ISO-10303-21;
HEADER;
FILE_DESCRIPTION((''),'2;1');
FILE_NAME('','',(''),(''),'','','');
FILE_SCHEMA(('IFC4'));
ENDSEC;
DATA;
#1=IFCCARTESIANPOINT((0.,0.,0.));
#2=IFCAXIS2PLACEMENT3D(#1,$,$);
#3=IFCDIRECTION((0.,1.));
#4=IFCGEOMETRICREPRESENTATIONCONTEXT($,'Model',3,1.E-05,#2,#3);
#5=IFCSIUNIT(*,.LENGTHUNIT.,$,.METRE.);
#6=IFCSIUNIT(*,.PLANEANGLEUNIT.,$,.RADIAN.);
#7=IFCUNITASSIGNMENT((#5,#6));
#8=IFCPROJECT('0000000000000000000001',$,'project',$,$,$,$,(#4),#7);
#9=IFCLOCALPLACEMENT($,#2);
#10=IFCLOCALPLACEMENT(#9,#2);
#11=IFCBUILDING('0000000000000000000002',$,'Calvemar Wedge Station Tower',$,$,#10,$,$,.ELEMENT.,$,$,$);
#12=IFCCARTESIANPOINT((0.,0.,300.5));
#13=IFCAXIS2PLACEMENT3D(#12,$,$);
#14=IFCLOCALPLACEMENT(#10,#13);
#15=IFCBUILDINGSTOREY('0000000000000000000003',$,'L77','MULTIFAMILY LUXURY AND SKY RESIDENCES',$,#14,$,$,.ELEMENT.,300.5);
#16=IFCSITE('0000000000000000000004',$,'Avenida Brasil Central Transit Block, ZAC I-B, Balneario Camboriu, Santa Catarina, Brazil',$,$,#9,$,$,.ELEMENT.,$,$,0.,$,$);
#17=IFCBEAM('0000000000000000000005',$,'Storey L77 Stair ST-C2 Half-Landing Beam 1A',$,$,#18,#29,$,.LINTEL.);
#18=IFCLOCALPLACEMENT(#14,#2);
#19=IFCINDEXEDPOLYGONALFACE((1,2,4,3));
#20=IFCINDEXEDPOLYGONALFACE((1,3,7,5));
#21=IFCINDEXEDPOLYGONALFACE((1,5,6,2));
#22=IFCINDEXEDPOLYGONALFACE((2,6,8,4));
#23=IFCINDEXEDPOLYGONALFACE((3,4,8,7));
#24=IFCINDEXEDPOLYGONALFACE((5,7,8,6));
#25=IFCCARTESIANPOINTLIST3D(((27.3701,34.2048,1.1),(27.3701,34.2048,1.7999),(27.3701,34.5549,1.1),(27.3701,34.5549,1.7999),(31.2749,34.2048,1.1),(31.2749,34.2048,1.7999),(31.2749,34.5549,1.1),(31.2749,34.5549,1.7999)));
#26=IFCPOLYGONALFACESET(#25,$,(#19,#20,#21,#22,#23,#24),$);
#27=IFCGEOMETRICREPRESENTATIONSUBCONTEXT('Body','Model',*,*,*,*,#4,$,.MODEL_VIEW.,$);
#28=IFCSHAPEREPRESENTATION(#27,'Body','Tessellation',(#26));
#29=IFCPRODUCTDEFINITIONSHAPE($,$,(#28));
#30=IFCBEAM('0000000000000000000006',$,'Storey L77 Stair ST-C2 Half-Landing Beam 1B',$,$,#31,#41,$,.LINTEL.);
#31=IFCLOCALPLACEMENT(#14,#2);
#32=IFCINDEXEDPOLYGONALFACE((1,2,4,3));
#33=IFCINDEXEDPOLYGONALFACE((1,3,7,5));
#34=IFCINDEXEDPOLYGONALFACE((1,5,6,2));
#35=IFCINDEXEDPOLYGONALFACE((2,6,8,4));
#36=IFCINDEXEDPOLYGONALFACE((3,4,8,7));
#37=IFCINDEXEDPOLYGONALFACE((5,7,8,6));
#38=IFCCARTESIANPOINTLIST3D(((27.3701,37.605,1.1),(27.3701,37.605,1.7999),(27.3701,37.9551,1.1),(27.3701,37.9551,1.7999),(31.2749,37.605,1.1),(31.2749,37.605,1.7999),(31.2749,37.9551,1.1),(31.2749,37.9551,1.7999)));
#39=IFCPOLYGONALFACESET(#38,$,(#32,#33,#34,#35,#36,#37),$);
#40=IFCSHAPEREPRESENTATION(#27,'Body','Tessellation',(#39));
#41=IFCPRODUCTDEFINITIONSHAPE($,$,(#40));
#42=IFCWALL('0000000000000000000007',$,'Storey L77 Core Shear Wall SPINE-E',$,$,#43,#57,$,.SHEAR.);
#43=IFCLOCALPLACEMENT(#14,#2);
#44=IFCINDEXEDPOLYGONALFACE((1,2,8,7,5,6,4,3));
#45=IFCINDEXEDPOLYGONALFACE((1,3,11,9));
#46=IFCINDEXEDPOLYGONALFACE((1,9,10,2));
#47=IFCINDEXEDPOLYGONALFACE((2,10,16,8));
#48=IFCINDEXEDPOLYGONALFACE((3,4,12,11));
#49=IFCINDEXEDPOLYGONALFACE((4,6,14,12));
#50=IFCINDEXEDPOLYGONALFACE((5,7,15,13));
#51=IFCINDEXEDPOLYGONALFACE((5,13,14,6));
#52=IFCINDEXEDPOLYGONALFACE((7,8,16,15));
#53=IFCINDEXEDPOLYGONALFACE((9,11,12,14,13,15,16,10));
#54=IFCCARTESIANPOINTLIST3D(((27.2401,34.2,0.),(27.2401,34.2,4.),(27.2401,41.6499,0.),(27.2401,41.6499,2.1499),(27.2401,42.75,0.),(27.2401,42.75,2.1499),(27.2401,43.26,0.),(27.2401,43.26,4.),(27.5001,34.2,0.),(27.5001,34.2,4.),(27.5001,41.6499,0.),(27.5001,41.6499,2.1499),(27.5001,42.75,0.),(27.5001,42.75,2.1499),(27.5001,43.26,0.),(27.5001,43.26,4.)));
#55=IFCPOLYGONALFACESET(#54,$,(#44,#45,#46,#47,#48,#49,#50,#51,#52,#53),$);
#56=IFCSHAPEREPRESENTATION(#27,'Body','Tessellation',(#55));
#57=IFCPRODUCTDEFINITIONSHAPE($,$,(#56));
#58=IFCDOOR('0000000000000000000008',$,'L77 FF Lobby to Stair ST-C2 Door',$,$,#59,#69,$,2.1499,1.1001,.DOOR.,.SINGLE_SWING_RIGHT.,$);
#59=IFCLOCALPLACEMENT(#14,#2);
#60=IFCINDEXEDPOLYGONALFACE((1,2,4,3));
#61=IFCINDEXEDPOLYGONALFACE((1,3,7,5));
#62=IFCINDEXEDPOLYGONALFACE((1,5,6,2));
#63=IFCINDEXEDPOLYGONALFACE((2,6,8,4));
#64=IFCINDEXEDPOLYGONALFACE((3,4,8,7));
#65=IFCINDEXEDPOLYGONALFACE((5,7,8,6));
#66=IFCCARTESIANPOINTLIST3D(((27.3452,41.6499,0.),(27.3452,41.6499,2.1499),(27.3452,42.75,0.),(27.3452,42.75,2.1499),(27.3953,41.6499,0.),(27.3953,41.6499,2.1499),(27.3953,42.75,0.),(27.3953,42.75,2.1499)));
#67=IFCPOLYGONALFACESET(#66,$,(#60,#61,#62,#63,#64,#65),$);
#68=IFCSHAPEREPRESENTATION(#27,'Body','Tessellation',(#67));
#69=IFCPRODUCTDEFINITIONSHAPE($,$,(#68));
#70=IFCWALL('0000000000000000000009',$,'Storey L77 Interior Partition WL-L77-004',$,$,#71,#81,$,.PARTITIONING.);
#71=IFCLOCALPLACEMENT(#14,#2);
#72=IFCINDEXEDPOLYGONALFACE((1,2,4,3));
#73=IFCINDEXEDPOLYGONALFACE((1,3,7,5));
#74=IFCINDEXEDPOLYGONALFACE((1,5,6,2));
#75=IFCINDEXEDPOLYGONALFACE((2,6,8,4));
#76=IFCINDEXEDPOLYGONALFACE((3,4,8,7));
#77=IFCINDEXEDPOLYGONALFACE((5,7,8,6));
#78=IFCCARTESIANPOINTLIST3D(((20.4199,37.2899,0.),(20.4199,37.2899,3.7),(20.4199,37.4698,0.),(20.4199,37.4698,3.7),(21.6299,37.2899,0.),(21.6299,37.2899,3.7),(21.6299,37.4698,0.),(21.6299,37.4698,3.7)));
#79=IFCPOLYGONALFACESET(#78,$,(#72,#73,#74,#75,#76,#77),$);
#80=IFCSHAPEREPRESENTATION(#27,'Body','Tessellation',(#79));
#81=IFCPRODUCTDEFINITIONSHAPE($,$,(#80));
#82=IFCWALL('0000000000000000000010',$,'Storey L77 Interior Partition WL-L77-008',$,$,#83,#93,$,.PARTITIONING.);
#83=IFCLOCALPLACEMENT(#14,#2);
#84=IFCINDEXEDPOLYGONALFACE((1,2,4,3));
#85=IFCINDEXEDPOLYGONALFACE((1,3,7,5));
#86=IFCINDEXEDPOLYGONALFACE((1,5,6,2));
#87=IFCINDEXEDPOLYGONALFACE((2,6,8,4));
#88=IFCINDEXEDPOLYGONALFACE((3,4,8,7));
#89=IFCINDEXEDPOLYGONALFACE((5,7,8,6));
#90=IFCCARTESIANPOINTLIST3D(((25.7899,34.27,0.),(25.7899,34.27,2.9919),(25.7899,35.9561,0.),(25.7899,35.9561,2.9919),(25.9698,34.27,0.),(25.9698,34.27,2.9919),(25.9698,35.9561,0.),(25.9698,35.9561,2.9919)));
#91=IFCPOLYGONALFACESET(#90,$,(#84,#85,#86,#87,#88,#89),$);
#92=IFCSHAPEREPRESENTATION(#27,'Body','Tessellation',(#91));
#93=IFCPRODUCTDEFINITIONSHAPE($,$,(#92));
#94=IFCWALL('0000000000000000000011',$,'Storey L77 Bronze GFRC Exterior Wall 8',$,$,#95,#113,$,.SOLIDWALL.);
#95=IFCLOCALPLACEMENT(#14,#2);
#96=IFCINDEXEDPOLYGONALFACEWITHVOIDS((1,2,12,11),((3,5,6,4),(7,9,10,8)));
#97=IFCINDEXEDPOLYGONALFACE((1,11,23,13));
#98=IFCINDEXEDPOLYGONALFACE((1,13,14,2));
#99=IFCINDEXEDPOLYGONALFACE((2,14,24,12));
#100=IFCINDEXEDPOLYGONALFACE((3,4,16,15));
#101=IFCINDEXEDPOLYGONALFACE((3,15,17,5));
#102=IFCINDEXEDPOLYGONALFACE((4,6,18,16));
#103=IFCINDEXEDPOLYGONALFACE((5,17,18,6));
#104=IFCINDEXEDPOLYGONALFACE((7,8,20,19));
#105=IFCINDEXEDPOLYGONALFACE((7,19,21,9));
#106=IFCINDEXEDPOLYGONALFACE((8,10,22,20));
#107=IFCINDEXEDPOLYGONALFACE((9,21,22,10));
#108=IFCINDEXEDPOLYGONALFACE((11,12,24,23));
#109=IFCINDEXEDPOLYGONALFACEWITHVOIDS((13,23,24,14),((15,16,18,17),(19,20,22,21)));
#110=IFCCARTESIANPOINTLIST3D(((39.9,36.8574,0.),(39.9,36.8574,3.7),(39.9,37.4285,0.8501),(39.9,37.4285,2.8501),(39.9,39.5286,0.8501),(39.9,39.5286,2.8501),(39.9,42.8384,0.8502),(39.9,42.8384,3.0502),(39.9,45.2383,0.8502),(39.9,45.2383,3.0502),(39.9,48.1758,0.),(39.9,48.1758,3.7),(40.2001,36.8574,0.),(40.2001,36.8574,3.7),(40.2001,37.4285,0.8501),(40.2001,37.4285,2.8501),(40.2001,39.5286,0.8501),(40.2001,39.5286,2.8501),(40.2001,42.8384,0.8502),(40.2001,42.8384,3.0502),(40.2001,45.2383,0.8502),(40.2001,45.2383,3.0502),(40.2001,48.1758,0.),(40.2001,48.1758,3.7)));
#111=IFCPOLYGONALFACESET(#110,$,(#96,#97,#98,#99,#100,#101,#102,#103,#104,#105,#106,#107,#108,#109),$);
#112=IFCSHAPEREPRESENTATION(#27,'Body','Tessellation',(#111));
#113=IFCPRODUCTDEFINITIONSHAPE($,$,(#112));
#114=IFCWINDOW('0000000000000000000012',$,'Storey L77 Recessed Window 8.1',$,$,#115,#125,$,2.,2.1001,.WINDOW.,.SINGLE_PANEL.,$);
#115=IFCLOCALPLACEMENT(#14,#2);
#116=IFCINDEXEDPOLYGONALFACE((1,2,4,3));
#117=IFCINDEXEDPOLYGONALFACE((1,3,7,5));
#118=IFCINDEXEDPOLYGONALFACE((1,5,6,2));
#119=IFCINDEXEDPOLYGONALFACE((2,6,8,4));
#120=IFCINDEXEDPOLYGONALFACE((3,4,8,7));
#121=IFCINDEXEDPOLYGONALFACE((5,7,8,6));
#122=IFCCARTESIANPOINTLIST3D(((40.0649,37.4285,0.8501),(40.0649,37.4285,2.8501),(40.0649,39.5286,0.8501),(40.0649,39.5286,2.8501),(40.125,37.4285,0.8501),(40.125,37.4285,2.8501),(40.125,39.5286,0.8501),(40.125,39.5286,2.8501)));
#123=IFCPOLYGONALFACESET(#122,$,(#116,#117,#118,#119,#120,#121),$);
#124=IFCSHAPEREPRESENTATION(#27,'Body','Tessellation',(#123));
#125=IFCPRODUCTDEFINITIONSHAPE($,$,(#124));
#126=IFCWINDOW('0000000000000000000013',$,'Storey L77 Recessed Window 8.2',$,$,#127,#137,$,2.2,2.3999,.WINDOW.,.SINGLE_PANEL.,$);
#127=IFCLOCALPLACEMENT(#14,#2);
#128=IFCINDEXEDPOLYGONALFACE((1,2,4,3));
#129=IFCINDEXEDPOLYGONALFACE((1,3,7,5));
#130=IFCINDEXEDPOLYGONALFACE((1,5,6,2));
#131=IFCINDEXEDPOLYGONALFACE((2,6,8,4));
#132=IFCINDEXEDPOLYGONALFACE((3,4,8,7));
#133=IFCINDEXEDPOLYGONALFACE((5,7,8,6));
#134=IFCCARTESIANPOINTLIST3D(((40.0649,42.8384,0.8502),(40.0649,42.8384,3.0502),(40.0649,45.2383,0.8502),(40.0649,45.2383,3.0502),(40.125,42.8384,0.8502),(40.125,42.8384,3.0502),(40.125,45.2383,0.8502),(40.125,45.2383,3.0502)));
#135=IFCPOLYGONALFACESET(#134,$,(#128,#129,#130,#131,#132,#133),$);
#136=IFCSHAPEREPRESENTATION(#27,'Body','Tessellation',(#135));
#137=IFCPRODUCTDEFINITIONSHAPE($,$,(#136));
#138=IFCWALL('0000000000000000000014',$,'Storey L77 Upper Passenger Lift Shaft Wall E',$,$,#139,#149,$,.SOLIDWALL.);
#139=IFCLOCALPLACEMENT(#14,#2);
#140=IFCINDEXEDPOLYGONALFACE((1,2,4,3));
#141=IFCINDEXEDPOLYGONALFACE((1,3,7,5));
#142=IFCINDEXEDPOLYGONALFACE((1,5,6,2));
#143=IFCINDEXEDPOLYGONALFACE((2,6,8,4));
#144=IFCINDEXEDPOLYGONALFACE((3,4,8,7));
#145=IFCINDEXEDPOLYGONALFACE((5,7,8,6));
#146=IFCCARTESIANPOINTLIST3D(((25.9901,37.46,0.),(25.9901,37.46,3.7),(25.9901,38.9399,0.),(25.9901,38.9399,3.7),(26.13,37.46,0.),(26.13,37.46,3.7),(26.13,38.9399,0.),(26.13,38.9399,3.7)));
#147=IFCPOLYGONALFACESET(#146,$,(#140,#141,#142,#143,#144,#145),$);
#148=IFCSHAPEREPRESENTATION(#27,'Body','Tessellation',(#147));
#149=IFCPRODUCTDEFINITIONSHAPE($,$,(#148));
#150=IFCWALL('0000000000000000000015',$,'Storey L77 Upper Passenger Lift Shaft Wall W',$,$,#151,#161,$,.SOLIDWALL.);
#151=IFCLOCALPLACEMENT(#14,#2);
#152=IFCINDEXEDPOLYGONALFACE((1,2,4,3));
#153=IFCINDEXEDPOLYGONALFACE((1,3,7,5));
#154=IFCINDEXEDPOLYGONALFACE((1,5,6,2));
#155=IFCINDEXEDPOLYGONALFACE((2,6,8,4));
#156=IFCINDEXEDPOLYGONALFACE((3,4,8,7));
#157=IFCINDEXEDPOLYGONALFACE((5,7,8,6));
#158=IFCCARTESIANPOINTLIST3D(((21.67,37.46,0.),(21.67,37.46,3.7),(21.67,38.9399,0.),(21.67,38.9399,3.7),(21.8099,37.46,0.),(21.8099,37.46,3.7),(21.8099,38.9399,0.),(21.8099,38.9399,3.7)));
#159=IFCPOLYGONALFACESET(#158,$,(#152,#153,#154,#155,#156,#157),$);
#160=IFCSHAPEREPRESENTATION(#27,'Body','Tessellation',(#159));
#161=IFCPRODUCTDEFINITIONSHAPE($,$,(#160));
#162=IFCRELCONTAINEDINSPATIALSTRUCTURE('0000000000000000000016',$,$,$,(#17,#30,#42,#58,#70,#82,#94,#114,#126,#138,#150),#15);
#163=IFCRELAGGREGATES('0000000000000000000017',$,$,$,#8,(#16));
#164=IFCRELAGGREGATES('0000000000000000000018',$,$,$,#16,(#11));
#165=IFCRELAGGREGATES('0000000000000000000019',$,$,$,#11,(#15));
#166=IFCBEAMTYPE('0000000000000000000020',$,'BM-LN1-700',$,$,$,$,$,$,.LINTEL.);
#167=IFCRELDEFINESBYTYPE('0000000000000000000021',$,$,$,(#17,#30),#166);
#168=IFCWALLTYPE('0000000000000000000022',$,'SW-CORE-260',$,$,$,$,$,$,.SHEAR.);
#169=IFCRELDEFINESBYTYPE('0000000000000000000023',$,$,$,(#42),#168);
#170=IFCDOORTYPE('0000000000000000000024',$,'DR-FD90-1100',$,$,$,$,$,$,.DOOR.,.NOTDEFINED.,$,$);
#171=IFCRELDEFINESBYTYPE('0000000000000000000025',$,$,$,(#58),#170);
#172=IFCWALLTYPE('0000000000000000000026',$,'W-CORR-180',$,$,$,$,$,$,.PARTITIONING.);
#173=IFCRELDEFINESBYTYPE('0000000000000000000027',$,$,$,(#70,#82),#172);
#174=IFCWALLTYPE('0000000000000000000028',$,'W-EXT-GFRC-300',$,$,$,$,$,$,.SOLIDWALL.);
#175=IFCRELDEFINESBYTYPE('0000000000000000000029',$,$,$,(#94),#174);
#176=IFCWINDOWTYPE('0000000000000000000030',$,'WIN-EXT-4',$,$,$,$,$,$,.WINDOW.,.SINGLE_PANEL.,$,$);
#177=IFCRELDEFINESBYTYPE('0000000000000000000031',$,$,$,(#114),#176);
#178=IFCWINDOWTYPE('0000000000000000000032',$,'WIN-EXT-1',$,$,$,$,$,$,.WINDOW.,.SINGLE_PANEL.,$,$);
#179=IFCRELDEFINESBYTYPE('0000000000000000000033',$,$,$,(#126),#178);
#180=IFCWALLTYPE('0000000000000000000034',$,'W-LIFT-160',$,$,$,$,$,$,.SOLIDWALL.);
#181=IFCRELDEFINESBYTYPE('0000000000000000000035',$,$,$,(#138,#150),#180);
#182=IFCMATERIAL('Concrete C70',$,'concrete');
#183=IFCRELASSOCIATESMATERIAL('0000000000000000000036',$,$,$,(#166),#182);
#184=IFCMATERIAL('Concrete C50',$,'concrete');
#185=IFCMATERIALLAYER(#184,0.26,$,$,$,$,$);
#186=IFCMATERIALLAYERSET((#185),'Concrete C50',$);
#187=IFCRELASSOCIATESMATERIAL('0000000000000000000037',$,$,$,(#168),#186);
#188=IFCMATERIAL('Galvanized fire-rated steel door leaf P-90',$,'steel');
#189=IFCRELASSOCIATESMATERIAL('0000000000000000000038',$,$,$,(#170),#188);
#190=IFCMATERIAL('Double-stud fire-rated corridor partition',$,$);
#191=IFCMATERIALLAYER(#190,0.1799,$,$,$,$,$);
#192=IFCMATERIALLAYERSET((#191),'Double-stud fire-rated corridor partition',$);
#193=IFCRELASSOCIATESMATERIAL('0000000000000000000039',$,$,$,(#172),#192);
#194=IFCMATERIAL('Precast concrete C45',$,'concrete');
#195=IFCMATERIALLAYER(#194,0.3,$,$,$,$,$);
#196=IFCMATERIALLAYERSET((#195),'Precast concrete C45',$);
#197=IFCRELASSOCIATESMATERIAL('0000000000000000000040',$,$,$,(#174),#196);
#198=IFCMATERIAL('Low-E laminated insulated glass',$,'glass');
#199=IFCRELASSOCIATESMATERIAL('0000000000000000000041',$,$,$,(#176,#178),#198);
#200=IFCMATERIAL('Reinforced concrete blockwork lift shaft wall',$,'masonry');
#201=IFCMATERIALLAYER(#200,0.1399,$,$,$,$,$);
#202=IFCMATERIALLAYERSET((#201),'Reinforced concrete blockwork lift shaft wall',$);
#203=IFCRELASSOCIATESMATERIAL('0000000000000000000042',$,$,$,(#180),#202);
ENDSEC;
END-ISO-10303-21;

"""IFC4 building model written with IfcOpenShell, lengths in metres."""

from ifc_helpers import new_model, si_unit, direction, frame, frame_2d, origin, origin_2d, place, context, subcontext, project, spatial, rectangle, extrude, source, transform, mapped, material, layer, layer_set, material_profile, profile_set, type_object, element, fill, save


model = new_model("IFC4")

# Units and contexts
model_context = context("Model", 3, precision=1e-05, world=origin(), true_north=direction((0.0, 1.0)))
body_context = subcontext(model_context, "Body", "Model", "MODEL_VIEW")
ifc_project = project(units=[si_unit("LENGTHUNIT", "METRE"), si_unit("PLANEANGLEUNIT", "RADIAN")], contexts=[model_context])

# Site, building, storey
site_placement = place(None, origin())
site = spatial("IfcSite", under=ifc_project, at=site_placement, Name="Avenida Brasil Central Transit Block, ZAC I-B, Balneario Camboriu, Santa Catarina, Brazil", CompositionType="ELEMENT", RefElevation=0.0)
building_placement = place(site_placement, origin())
building = spatial("IfcBuilding", under=site, at=building_placement, Name="Calvemar Wedge Station Tower", CompositionType="ELEMENT")
storey_placement = place(building_placement, frame((0.0, 0.0, 300.5)))
storey = spatial("IfcBuildingStorey", under=building, at=storey_placement, Name="L77", Description="MULTIFAMILY LUXURY AND SKY RESIDENCES", CompositionType="ELEMENT", Elevation=300.5)

# Beams
ifc_material_1 = material(Name="Concrete C70", Category="concrete")
ifc_material_profile = material_profile(ifc_material_1, rectangle(XDim=0.3501, YDim=0.7, at=origin_2d()), Name="RC350x700")
ifc_profile_set = profile_set([ifc_material_profile], Name="Concrete C70")
beam_type = type_object("IfcBeamType", Name="BM-LN1-700", PredefinedType="LINTEL", material=ifc_profile_set)
shared_shape_1 = source(origin(), body_context, "Body", "SweptSolid", [
    extrude(rectangle(XDim=0.3501, YDim=0.7, at=origin_2d()), origin(), (0.0, 0.0, 1.0), 3.9048),
])
for number, where, z_axis, x_axis, name in (
    (1, (27.3701, 34.3799, 1.45), (1.0, 0.0, 0.0), (0.0, 1.0, 0.0), "Storey L77 Stair ST-C2 Half-Landing Beam 1A"),
    (2, (27.3701, 37.78, 1.45), (1.0, 0.0, 0.0), (0.0, 1.0, 0.0), "Storey L77 Stair ST-C2 Half-Landing Beam 1B"),
):
    element("IfcBeam", number, at=place(storey_placement, frame(where, z_axis=z_axis, x_axis=x_axis)), inside=storey, type_object=beam_type, Name=name, PredefinedType="LINTEL", context=body_context, shape_type="MappedRepresentation", body=[
        mapped(shared_shape_1, transform((0.0, 0.0, 0.0), scale=1.0)),
    ])

# Wall, opening, door
ifc_material_2 = material(Name="Concrete C50", Category="concrete")
ifc_layer_1 = layer(ifc_material_2, 0.26)
ifc_layer_set_1 = layer_set([ifc_layer_1], Name="Concrete C50")
wall_type_1 = type_object("IfcWallType", Name="SW-CORE-260", PredefinedType="SHEAR", material=ifc_layer_set_1)
wall_1_placement = place(storey_placement, frame((27.3701, 34.2, 0.0), z_axis=(0.0, 0.0, 1.0), x_axis=(0.0, 1.0, 0.0)))
wall_1 = element("IfcWall", 3, at=wall_1_placement, inside=storey, type_object=wall_type_1, Name="Storey L77 Core Shear Wall SPINE-E", PredefinedType="SHEAR", context=body_context, shape_type="SweptSolid", body=[
    extrude(rectangle(XDim=9.0601, YDim=0.26, at=frame_2d((4.53, 0.0))), origin(), (0.0, 0.0, 1.0), 4.0),
])
shared_shape_2 = source(origin(), body_context, "Body", "SweptSolid", [
    extrude(rectangle(XDim=1.1001, YDim=2.1499, at=frame_2d((0.55, 1.075))), frame((0.0, 0.1401, 0.0), z_axis=(0.0, -1.0, 0.0), x_axis=(1.0, 0.0, 0.0)), (0.0, 0.0, 1.0), 0.28),
])
opening_1_placement = place(wall_1_placement, frame((7.45, 0.0, 0.0)))
opening_1 = element("IfcOpeningElement", 4, at=opening_1_placement, cuts=wall_1, PredefinedType="OPENING", context=body_context, shape_type="MappedRepresentation", body=[
    mapped(shared_shape_2, transform((0.0, 0.0, 0.0), scale=1.0)),
])
ifc_material_3 = material(Name="Galvanized fire-rated steel door leaf P-90", Category="steel")
door_type_1 = type_object("IfcDoorType", Name="DR-FD90-1100", OperationType="NOTDEFINED", PredefinedType="DOOR", material=ifc_material_3)
shared_shape_3 = source(origin(), body_context, "Body", "SweptSolid", [
    extrude(rectangle(XDim=1.1001, YDim=2.1499, at=frame_2d((0.55, 1.075))), frame((0.0, 0.0249, 0.0), z_axis=(0.0, -1.0, 0.0), x_axis=(1.0, 0.0, 0.0)), (0.0, 0.0, 1.0), 0.05),
])
door_1_placement = place(opening_1_placement, origin())
door_1 = element("IfcDoor", 5, at=door_1_placement, inside=storey, type_object=door_type_1, Name="L77 FF Lobby to Stair ST-C2 Door", OperationType="SINGLE_SWING_RIGHT", OverallHeight=2.1499, OverallWidth=1.1001, PredefinedType="DOOR", context=body_context, shape_type="MappedRepresentation", body=[
    mapped(shared_shape_3, transform((0.0, 0.0, 0.0), scale=1.0)),
])
fill(opening_1, door_1)

# Wall
ifc_material_4 = material(Name="Double-stud fire-rated corridor partition")
ifc_layer_2 = layer(ifc_material_4, 0.1799)
ifc_layer_set_2 = layer_set([ifc_layer_2], Name="Double-stud fire-rated corridor partition")
wall_type_2 = type_object("IfcWallType", Name="W-CORR-180", PredefinedType="PARTITIONING", material=ifc_layer_set_2)
wall_2_placement = place(storey_placement, frame((21.6299, 37.3799, 0.0), z_axis=(0.0, 0.0, 1.0), x_axis=(-1.0, 0.0, 0.0)))
element("IfcWall", 6, at=wall_2_placement, inside=storey, type_object=wall_type_2, Name="Storey L77 Interior Partition WL-L77-004", PredefinedType="PARTITIONING", context=body_context, shape_type="SweptSolid", body=[
    extrude(rectangle(XDim=1.21, YDim=0.1799, at=frame_2d((0.605, 0.0))), origin(), (0.0, 0.0, 1.0), 3.7),
])

# Wall
wall_3_placement = place(storey_placement, frame((25.8799, 35.9561, 0.0), z_axis=(0.0, 0.0, 1.0), x_axis=(0.0, -1.0, 0.0)))
element("IfcWall", 7, at=wall_3_placement, inside=storey, type_object=wall_type_2, Name="Storey L77 Interior Partition WL-L77-008", PredefinedType="PARTITIONING", context=body_context, shape_type="SweptSolid", body=[
    extrude(rectangle(XDim=1.686, YDim=0.1799, at=frame_2d((0.843, 0.0))), origin(), (0.0, 0.0, 1.0), 2.9919),
])

# Wall, openings, windows
ifc_material_5 = material(Name="Precast concrete C45", Category="concrete")
ifc_layer_3 = layer(ifc_material_5, 0.3)
ifc_layer_set_3 = layer_set([ifc_layer_3], Name="Precast concrete C45")
wall_type_3 = type_object("IfcWallType", Name="W-EXT-GFRC-300", PredefinedType="SOLIDWALL", material=ifc_layer_set_3)
wall_4_placement = place(storey_placement, frame((40.05, 36.8574, 0.0), z_axis=(0.0, 0.0, 1.0), x_axis=(0.0, 1.0, 0.0)))
wall_4 = element("IfcWall", 8, at=wall_4_placement, inside=storey, type_object=wall_type_3, Name="Storey L77 Bronze GFRC Exterior Wall 8", PredefinedType="SOLIDWALL", context=body_context, shape_type="SweptSolid", body=[
    extrude(rectangle(XDim=11.3184, YDim=0.3, at=frame_2d((5.6592, 0.0))), origin(), (0.0, 0.0, 1.0), 3.7),
])
shared_shape_4 = source(origin(), body_context, "Body", "SweptSolid", [
    extrude(rectangle(XDim=2.1001, YDim=2.0, at=frame_2d((1.05, 1.0))), frame((0.0, 0.1602, 0.0), z_axis=(0.0, -1.0, 0.0), x_axis=(1.0, 0.0, 0.0)), (0.0, 0.0, 1.0), 0.3201),
])
opening_2_placement = place(wall_4_placement, frame((0.571, 0.0, 0.8501)))
opening_2 = element("IfcOpeningElement", 9, at=opening_2_placement, cuts=wall_4, PredefinedType="OPENING", context=body_context, shape_type="MappedRepresentation", body=[
    mapped(shared_shape_4, transform((0.0, 0.0, 0.0), scale=1.0)),
])
shared_shape_5 = source(origin(), body_context, "Body", "SweptSolid", [
    extrude(rectangle(XDim=2.3999, YDim=2.2, at=frame_2d((1.2, 1.1001))), frame((0.0, 0.1602, 0.0), z_axis=(0.0, -1.0, 0.0), x_axis=(1.0, 0.0, 0.0)), (0.0, 0.0, 1.0), 0.3201),
])
opening_3_placement = place(wall_4_placement, frame((5.981, 0.0, 0.8501)))
opening_3 = element("IfcOpeningElement", 10, at=opening_3_placement, cuts=wall_4, PredefinedType="OPENING", context=body_context, shape_type="MappedRepresentation", body=[
    mapped(shared_shape_5, transform((0.0, 0.0, 0.0), scale=1.0)),
])
ifc_material_6 = material(Name="Low-E laminated insulated glass", Category="glass")
window_type_1 = type_object("IfcWindowType", Name="WIN-EXT-4", PartitioningType="SINGLE_PANEL", PredefinedType="WINDOW", material=ifc_material_6)
shared_shape_6 = source(origin(), body_context, "Body", "SweptSolid", [
    extrude(rectangle(XDim=2.1001, YDim=2.0, at=frame_2d((1.05, 1.0))), frame((0.0, -0.0149, 0.0), z_axis=(0.0, -1.0, 0.0), x_axis=(1.0, 0.0, 0.0)), (0.0, 0.0, 1.0), 0.0601),
])
window_1_placement = place(opening_2_placement, origin())
window_1 = element("IfcWindow", 11, at=window_1_placement, inside=storey, type_object=window_type_1, Name="Storey L77 Recessed Window 8.1", OverallHeight=2.0, OverallWidth=2.1001, PartitioningType="SINGLE_PANEL", PredefinedType="WINDOW", context=body_context, shape_type="MappedRepresentation", body=[
    mapped(shared_shape_6, transform((0.0, 0.0, 0.0), scale=1.0)),
])
fill(opening_2, window_1)
window_type_2 = type_object("IfcWindowType", Name="WIN-EXT-1", PartitioningType="SINGLE_PANEL", PredefinedType="WINDOW", material=ifc_material_6)
shared_shape_7 = source(origin(), body_context, "Body", "SweptSolid", [
    extrude(rectangle(XDim=2.3999, YDim=2.2, at=frame_2d((1.2, 1.1001))), frame((0.0, -0.0149, 0.0), z_axis=(0.0, -1.0, 0.0), x_axis=(1.0, 0.0, 0.0)), (0.0, 0.0, 1.0), 0.0601),
])
window_2_placement = place(opening_3_placement, origin())
window_2 = element("IfcWindow", 12, at=window_2_placement, inside=storey, type_object=window_type_2, Name="Storey L77 Recessed Window 8.2", OverallHeight=2.2, OverallWidth=2.3999, PartitioningType="SINGLE_PANEL", PredefinedType="WINDOW", context=body_context, shape_type="MappedRepresentation", body=[
    mapped(shared_shape_7, transform((0.0, 0.0, 0.0), scale=1.0)),
])
fill(opening_3, window_2)

# Shared definitions
ifc_material_7 = material(Name="Reinforced concrete blockwork lift shaft wall", Category="masonry")
ifc_layer_4 = layer(ifc_material_7, 0.1399)
ifc_layer_set_4 = layer_set([ifc_layer_4], Name="Reinforced concrete blockwork lift shaft wall")
wall_type_4 = type_object("IfcWallType", Name="W-LIFT-160", PredefinedType="SOLIDWALL", material=ifc_layer_set_4)

# Walls
for number, where, z_axis, x_axis, name in (
    (13, (26.0601, 37.46, 0.0), (0.0, 0.0, 1.0), (0.0, 1.0, 0.0), "Storey L77 Upper Passenger Lift Shaft Wall E"),
    (14, (21.74, 37.46, 0.0), (0.0, 0.0, 1.0), (0.0, 1.0, 0.0), "Storey L77 Upper Passenger Lift Shaft Wall W"),
):
    element("IfcWall", number, at=place(storey_placement, frame(where, z_axis=z_axis, x_axis=x_axis)), inside=storey, type_object=wall_type_4, Name=name, PredefinedType="SOLIDWALL", context=body_context, shape_type="SweptSolid", body=[
        extrude(rectangle(XDim=1.48, YDim=0.1399, at=frame_2d((0.74, 0.0))), origin(), (0.0, 0.0, 1.0), 3.7),
    ])

save(model, "model.ifc")
